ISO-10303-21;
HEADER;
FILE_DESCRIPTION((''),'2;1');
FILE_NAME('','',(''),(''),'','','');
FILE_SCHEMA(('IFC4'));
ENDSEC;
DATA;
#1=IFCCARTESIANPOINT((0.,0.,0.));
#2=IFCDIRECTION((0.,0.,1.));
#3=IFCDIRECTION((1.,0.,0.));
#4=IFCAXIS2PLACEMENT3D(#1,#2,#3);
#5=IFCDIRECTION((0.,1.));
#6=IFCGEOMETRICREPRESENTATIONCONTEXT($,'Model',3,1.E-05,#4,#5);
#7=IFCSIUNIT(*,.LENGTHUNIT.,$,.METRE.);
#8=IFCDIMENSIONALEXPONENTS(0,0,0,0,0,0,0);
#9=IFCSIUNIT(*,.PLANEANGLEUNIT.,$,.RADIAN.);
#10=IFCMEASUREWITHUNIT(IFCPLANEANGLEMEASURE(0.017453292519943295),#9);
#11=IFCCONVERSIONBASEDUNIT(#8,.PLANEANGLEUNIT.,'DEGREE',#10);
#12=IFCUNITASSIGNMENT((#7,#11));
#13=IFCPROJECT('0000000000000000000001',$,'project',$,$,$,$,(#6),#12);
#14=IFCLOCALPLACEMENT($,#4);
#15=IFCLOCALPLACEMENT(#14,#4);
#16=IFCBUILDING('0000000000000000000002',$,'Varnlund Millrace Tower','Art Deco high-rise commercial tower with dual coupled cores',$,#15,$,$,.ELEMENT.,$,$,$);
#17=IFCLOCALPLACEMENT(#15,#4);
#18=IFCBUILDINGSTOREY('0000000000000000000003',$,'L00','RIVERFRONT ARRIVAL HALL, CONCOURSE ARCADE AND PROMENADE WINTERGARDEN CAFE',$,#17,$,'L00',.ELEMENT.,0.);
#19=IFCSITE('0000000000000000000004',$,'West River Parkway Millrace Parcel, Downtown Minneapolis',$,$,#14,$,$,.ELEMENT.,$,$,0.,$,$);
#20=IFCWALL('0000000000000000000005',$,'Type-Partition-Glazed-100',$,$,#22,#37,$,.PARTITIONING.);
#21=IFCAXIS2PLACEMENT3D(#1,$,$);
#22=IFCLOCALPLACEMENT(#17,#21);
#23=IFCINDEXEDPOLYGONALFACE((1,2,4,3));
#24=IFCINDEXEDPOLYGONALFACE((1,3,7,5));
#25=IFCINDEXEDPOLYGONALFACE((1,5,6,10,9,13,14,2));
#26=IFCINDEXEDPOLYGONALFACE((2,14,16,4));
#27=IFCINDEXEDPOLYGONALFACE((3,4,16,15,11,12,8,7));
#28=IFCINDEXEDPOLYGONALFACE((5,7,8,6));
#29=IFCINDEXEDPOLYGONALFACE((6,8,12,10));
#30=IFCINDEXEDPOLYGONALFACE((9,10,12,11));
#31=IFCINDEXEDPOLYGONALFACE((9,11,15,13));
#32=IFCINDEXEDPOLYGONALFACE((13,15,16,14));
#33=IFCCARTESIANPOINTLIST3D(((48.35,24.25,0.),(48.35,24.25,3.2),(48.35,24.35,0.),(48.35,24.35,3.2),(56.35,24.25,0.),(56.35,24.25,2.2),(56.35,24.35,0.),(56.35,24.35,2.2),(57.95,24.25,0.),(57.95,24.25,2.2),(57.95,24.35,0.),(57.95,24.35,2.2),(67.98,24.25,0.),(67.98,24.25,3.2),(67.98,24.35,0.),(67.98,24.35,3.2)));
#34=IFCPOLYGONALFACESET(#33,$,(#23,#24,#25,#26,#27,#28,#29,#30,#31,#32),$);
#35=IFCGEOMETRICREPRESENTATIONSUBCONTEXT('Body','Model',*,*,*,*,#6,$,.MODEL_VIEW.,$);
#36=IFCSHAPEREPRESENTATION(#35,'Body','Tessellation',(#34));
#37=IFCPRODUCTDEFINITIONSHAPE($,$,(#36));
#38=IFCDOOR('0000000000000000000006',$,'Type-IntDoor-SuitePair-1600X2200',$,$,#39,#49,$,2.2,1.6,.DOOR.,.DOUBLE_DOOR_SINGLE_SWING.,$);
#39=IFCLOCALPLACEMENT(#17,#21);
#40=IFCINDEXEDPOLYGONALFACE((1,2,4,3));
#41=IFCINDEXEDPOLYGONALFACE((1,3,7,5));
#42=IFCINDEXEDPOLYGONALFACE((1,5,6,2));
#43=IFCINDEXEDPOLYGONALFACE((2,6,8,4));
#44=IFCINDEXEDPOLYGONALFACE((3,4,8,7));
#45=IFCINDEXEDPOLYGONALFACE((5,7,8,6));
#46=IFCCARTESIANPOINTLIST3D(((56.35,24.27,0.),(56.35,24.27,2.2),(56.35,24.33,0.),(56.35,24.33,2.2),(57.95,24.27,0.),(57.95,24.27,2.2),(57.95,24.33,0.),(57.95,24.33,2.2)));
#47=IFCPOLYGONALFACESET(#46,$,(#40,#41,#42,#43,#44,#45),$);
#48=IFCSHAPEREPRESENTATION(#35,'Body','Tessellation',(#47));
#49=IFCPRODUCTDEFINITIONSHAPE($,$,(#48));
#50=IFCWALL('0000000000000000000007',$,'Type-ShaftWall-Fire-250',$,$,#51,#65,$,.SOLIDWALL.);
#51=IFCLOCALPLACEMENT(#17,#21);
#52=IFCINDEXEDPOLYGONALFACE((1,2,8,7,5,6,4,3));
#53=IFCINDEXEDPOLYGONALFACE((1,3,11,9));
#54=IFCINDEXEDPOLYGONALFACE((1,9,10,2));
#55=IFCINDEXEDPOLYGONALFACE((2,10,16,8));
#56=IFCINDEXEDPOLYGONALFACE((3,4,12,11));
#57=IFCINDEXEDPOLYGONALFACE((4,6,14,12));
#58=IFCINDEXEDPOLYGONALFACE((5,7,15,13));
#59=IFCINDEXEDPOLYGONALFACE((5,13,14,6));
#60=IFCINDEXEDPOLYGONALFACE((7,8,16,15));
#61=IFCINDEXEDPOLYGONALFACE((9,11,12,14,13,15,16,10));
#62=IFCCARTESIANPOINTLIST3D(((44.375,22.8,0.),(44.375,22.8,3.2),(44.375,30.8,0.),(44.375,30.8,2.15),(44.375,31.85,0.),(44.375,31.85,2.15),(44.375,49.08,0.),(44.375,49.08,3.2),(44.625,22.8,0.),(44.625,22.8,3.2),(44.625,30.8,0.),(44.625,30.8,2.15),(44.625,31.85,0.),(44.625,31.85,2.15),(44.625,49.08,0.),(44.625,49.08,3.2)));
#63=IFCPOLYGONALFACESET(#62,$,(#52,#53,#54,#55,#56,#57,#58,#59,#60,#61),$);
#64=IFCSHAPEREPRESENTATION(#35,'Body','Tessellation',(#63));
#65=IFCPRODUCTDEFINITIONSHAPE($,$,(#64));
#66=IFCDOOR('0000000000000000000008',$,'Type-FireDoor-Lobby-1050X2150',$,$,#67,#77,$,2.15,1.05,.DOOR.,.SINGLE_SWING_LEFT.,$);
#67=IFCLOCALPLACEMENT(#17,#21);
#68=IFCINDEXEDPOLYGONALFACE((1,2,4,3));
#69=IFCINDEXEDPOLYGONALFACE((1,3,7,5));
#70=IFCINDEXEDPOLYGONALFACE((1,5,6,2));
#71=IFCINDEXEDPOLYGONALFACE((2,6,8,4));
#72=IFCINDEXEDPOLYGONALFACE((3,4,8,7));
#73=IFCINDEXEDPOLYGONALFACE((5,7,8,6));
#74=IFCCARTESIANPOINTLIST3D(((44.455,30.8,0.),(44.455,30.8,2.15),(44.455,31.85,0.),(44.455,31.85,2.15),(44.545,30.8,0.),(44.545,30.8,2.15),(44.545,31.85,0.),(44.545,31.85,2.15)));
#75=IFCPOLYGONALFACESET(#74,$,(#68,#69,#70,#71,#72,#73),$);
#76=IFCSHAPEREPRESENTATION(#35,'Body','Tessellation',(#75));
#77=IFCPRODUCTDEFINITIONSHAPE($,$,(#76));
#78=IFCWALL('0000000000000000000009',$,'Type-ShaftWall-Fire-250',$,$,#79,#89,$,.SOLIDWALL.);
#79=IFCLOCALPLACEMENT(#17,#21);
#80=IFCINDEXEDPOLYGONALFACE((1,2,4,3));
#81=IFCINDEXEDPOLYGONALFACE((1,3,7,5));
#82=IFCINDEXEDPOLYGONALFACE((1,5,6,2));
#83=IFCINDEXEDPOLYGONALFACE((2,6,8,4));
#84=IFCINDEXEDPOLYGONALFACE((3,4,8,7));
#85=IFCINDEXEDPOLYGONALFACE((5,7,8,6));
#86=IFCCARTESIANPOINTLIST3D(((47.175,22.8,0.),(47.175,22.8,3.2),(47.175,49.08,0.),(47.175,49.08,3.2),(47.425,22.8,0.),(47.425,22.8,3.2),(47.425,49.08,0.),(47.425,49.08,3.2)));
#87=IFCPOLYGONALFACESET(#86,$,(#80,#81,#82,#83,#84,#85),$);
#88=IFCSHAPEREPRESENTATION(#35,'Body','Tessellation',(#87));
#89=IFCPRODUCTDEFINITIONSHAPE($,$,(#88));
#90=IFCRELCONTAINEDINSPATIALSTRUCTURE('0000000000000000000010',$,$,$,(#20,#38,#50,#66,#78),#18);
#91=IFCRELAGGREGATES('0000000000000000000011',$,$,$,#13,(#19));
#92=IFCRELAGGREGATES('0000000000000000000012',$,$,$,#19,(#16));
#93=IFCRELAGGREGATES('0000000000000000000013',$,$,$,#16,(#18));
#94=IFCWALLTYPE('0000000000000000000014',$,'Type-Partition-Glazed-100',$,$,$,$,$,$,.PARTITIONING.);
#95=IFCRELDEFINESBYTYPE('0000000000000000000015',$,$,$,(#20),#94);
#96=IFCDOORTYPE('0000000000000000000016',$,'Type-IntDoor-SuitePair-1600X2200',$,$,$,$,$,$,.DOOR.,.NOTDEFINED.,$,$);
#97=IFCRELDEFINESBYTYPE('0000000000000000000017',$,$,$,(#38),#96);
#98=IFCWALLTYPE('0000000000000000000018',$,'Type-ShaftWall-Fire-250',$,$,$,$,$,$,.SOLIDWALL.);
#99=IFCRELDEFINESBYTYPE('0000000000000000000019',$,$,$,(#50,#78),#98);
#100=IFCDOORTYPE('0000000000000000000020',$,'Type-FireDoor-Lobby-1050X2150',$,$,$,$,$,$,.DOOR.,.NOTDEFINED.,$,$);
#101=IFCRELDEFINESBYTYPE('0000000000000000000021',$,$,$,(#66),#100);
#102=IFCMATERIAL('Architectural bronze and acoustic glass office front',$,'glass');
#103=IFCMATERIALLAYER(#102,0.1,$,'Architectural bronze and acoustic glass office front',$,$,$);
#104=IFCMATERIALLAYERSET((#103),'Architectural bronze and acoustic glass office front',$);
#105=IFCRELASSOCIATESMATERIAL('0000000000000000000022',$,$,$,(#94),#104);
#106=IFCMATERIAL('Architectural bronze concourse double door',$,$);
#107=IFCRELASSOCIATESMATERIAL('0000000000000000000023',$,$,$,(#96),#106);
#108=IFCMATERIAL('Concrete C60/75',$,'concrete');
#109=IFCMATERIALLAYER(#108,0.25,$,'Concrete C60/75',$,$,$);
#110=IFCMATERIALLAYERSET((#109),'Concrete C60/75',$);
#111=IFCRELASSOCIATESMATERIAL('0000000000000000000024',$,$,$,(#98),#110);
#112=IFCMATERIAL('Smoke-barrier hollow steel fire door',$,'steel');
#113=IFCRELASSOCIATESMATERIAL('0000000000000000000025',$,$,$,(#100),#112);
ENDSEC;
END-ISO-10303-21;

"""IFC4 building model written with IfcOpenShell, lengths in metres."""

from ifc_helpers import new_model, entity, si_unit, converted_unit, direction, frame, origin_with_axes, origin_2d_with_axis, place, context, subcontext, project, spatial, polyline, rectangle, outline, extrude, material, layer, layer_set, type_object, element, fill, save


model = new_model("IFC4")

# Units and contexts
model_context = context("Model", 3, precision=1e-05, world=origin_with_axes(), true_north=direction((0.0, 1.0)))
body_context = subcontext(model_context, "Body", "Model", "MODEL_VIEW")
ifc_project = project(units=[si_unit("LENGTHUNIT", "METRE"), converted_unit("PLANEANGLEUNIT", "DEGREE", entity("IfcPlaneAngleMeasure", 0.017453292519943295), si_unit("PLANEANGLEUNIT", "RADIAN"), dimensions=[0, 0, 0, 0, 0, 0, 0])], contexts=[model_context])

# Site, building, storey
site_placement = place(None, origin_with_axes())
site = spatial("IfcSite", under=ifc_project, at=site_placement, Name="West River Parkway Millrace Parcel, Downtown Minneapolis", CompositionType="ELEMENT", RefElevation=0.0)
building_placement = place(site_placement, origin_with_axes())
building = spatial("IfcBuilding", under=site, at=building_placement, Name="Varnlund Millrace Tower", Description="Art Deco high-rise commercial tower with dual coupled cores", CompositionType="ELEMENT")
storey_placement = place(building_placement, origin_with_axes())
storey = spatial("IfcBuildingStorey", under=building, at=storey_placement, Name="L00", Description="RIVERFRONT ARRIVAL HALL, CONCOURSE ARCADE AND PROMENADE WINTERGARDEN CAFE", LongName="L00", CompositionType="ELEMENT", Elevation=0.0)

# Walls, openings, doors
ifc_material_1 = material(Name="Architectural bronze and acoustic glass office front", Category="glass")
ifc_layer_1 = layer(ifc_material_1, 0.1, Name="Architectural bronze and acoustic glass office front")
ifc_layer_set_1 = layer_set([ifc_layer_1], Name="Architectural bronze and acoustic glass office front")
wall_type_1 = type_object("IfcWallType", Name="Type-Partition-Glazed-100", PredefinedType="PARTITIONING", material=ifc_layer_set_1)
wall_1_placement = place(storey_placement, frame((48.35, 24.3, 0.0), z_axis=(0.0, 0.0, 1.0), x_axis=(1.0, 0.0, 0.0)))
wall_1 = element("IfcWall", 1, at=wall_1_placement, inside=storey, type_object=wall_type_1, Name="Type-Partition-Glazed-100", PredefinedType="PARTITIONING", context=body_context, shape_type="SweptSolid", body=[
    extrude(outline(polyline([(0.0, -0.05), (19.63, -0.05), (19.63, 0.05), (0.0, 0.05), (0.0, -0.05)])), origin_with_axes(), (0.0, 0.0, 1.0), 3.2),
])
opening_1_placement = place(wall_1_placement, frame((8.8, 0.0, 0.0), z_axis=(0.0, 0.0, 1.0), x_axis=(1.0, 0.0, 0.0)))
opening_1 = element("IfcOpeningElement", 2, at=opening_1_placement, cuts=wall_1, PredefinedType="OPENING", context=body_context, shape_type="SweptSolid", body=[
    extrude(rectangle(XDim=1.6, YDim=0.12, at=origin_2d_with_axis()), origin_with_axes(), (0.0, 0.0, 1.0), 2.2),
])
ifc_material_2 = material(Name="Architectural bronze concourse double door")
door_type_1 = type_object("IfcDoorType", Name="Type-IntDoor-SuitePair-1600X2200", OperationType="NOTDEFINED", PredefinedType="DOOR", material=ifc_material_2)
door_1_placement = place(wall_1_placement, frame((8.8, 0.0, 0.0), z_axis=(0.0, 0.0, 1.0), x_axis=(1.0, 0.0, 0.0)))
door_1 = element("IfcDoor", 3, at=door_1_placement, inside=storey, type_object=door_type_1, Name="Type-IntDoor-SuitePair-1600X2200", OperationType="DOUBLE_DOOR_SINGLE_SWING", OverallHeight=2.2, OverallWidth=1.6, PredefinedType="DOOR", context=body_context, shape_type="SweptSolid", body=[
    extrude(rectangle(XDim=1.6, YDim=0.06, at=origin_2d_with_axis()), origin_with_axes(), (0.0, 0.0, 1.0), 2.2),
])
fill(opening_1, door_1)
ifc_material_3 = material(Name="Concrete C60/75", Category="concrete")
ifc_layer_2 = layer(ifc_material_3, 0.25, Name="Concrete C60/75")
ifc_layer_set_2 = layer_set([ifc_layer_2], Name="Concrete C60/75")
wall_type_2 = type_object("IfcWallType", Name="Type-ShaftWall-Fire-250", PredefinedType="SOLIDWALL", material=ifc_layer_set_2)
wall_2_placement = place(storey_placement, frame((44.5, 22.8, 0.0), z_axis=(0.0, 0.0, 1.0), x_axis=(0.0, 1.0, 0.0)))
wall_2 = element("IfcWall", 4, at=wall_2_placement, inside=storey, type_object=wall_type_2, Name="Type-ShaftWall-Fire-250", PredefinedType="SOLIDWALL", context=body_context, shape_type="SweptSolid", body=[
    extrude(outline(polyline([(0.0, -0.125), (26.28, -0.125), (26.28, 0.125), (0.0, 0.125), (0.0, -0.125)])), origin_with_axes(), (0.0, 0.0, 1.0), 3.2),
])
opening_2_placement = place(wall_2_placement, frame((8.525, 0.0, 0.0), z_axis=(0.0, 0.0, 1.0), x_axis=(1.0, 0.0, 0.0)))
opening_2 = element("IfcOpeningElement", 5, at=opening_2_placement, cuts=wall_2, PredefinedType="OPENING", context=body_context, shape_type="SweptSolid", body=[
    extrude(rectangle(XDim=1.05, YDim=0.27, at=origin_2d_with_axis()), origin_with_axes(), (0.0, 0.0, 1.0), 2.15),
])
ifc_material_4 = material(Name="Smoke-barrier hollow steel fire door", Category="steel")
door_type_2 = type_object("IfcDoorType", Name="Type-FireDoor-Lobby-1050X2150", OperationType="NOTDEFINED", PredefinedType="DOOR", material=ifc_material_4)
door_2_placement = place(wall_2_placement, frame((8.525, 0.0, 0.0), z_axis=(0.0, 0.0, 1.0), x_axis=(1.0, 0.0, 0.0)))
door_2 = element("IfcDoor", 6, at=door_2_placement, inside=storey, type_object=door_type_2, Name="Type-FireDoor-Lobby-1050X2150", OperationType="SINGLE_SWING_LEFT", OverallHeight=2.15, OverallWidth=1.05, PredefinedType="DOOR", context=body_context, shape_type="SweptSolid", body=[
    extrude(rectangle(XDim=1.05, YDim=0.09, at=origin_2d_with_axis()), origin_with_axes(), (0.0, 0.0, 1.0), 2.15),
])
fill(opening_2, door_2)

# Wall
wall_3_placement = place(storey_placement, frame((47.3, 22.8, 0.0), z_axis=(0.0, 0.0, 1.0), x_axis=(0.0, 1.0, 0.0)))
element("IfcWall", 7, at=wall_3_placement, inside=storey, type_object=wall_type_2, Name="Type-ShaftWall-Fire-250", PredefinedType="SOLIDWALL", context=body_context, shape_type="SweptSolid", body=[
    extrude(outline(polyline([(0.0, -0.125), (26.28, -0.125), (26.28, 0.125), (0.0, 0.125), (0.0, -0.125)])), origin_with_axes(), (0.0, 0.0, 1.0), 3.2),
])

save(model, "model.ifc")
